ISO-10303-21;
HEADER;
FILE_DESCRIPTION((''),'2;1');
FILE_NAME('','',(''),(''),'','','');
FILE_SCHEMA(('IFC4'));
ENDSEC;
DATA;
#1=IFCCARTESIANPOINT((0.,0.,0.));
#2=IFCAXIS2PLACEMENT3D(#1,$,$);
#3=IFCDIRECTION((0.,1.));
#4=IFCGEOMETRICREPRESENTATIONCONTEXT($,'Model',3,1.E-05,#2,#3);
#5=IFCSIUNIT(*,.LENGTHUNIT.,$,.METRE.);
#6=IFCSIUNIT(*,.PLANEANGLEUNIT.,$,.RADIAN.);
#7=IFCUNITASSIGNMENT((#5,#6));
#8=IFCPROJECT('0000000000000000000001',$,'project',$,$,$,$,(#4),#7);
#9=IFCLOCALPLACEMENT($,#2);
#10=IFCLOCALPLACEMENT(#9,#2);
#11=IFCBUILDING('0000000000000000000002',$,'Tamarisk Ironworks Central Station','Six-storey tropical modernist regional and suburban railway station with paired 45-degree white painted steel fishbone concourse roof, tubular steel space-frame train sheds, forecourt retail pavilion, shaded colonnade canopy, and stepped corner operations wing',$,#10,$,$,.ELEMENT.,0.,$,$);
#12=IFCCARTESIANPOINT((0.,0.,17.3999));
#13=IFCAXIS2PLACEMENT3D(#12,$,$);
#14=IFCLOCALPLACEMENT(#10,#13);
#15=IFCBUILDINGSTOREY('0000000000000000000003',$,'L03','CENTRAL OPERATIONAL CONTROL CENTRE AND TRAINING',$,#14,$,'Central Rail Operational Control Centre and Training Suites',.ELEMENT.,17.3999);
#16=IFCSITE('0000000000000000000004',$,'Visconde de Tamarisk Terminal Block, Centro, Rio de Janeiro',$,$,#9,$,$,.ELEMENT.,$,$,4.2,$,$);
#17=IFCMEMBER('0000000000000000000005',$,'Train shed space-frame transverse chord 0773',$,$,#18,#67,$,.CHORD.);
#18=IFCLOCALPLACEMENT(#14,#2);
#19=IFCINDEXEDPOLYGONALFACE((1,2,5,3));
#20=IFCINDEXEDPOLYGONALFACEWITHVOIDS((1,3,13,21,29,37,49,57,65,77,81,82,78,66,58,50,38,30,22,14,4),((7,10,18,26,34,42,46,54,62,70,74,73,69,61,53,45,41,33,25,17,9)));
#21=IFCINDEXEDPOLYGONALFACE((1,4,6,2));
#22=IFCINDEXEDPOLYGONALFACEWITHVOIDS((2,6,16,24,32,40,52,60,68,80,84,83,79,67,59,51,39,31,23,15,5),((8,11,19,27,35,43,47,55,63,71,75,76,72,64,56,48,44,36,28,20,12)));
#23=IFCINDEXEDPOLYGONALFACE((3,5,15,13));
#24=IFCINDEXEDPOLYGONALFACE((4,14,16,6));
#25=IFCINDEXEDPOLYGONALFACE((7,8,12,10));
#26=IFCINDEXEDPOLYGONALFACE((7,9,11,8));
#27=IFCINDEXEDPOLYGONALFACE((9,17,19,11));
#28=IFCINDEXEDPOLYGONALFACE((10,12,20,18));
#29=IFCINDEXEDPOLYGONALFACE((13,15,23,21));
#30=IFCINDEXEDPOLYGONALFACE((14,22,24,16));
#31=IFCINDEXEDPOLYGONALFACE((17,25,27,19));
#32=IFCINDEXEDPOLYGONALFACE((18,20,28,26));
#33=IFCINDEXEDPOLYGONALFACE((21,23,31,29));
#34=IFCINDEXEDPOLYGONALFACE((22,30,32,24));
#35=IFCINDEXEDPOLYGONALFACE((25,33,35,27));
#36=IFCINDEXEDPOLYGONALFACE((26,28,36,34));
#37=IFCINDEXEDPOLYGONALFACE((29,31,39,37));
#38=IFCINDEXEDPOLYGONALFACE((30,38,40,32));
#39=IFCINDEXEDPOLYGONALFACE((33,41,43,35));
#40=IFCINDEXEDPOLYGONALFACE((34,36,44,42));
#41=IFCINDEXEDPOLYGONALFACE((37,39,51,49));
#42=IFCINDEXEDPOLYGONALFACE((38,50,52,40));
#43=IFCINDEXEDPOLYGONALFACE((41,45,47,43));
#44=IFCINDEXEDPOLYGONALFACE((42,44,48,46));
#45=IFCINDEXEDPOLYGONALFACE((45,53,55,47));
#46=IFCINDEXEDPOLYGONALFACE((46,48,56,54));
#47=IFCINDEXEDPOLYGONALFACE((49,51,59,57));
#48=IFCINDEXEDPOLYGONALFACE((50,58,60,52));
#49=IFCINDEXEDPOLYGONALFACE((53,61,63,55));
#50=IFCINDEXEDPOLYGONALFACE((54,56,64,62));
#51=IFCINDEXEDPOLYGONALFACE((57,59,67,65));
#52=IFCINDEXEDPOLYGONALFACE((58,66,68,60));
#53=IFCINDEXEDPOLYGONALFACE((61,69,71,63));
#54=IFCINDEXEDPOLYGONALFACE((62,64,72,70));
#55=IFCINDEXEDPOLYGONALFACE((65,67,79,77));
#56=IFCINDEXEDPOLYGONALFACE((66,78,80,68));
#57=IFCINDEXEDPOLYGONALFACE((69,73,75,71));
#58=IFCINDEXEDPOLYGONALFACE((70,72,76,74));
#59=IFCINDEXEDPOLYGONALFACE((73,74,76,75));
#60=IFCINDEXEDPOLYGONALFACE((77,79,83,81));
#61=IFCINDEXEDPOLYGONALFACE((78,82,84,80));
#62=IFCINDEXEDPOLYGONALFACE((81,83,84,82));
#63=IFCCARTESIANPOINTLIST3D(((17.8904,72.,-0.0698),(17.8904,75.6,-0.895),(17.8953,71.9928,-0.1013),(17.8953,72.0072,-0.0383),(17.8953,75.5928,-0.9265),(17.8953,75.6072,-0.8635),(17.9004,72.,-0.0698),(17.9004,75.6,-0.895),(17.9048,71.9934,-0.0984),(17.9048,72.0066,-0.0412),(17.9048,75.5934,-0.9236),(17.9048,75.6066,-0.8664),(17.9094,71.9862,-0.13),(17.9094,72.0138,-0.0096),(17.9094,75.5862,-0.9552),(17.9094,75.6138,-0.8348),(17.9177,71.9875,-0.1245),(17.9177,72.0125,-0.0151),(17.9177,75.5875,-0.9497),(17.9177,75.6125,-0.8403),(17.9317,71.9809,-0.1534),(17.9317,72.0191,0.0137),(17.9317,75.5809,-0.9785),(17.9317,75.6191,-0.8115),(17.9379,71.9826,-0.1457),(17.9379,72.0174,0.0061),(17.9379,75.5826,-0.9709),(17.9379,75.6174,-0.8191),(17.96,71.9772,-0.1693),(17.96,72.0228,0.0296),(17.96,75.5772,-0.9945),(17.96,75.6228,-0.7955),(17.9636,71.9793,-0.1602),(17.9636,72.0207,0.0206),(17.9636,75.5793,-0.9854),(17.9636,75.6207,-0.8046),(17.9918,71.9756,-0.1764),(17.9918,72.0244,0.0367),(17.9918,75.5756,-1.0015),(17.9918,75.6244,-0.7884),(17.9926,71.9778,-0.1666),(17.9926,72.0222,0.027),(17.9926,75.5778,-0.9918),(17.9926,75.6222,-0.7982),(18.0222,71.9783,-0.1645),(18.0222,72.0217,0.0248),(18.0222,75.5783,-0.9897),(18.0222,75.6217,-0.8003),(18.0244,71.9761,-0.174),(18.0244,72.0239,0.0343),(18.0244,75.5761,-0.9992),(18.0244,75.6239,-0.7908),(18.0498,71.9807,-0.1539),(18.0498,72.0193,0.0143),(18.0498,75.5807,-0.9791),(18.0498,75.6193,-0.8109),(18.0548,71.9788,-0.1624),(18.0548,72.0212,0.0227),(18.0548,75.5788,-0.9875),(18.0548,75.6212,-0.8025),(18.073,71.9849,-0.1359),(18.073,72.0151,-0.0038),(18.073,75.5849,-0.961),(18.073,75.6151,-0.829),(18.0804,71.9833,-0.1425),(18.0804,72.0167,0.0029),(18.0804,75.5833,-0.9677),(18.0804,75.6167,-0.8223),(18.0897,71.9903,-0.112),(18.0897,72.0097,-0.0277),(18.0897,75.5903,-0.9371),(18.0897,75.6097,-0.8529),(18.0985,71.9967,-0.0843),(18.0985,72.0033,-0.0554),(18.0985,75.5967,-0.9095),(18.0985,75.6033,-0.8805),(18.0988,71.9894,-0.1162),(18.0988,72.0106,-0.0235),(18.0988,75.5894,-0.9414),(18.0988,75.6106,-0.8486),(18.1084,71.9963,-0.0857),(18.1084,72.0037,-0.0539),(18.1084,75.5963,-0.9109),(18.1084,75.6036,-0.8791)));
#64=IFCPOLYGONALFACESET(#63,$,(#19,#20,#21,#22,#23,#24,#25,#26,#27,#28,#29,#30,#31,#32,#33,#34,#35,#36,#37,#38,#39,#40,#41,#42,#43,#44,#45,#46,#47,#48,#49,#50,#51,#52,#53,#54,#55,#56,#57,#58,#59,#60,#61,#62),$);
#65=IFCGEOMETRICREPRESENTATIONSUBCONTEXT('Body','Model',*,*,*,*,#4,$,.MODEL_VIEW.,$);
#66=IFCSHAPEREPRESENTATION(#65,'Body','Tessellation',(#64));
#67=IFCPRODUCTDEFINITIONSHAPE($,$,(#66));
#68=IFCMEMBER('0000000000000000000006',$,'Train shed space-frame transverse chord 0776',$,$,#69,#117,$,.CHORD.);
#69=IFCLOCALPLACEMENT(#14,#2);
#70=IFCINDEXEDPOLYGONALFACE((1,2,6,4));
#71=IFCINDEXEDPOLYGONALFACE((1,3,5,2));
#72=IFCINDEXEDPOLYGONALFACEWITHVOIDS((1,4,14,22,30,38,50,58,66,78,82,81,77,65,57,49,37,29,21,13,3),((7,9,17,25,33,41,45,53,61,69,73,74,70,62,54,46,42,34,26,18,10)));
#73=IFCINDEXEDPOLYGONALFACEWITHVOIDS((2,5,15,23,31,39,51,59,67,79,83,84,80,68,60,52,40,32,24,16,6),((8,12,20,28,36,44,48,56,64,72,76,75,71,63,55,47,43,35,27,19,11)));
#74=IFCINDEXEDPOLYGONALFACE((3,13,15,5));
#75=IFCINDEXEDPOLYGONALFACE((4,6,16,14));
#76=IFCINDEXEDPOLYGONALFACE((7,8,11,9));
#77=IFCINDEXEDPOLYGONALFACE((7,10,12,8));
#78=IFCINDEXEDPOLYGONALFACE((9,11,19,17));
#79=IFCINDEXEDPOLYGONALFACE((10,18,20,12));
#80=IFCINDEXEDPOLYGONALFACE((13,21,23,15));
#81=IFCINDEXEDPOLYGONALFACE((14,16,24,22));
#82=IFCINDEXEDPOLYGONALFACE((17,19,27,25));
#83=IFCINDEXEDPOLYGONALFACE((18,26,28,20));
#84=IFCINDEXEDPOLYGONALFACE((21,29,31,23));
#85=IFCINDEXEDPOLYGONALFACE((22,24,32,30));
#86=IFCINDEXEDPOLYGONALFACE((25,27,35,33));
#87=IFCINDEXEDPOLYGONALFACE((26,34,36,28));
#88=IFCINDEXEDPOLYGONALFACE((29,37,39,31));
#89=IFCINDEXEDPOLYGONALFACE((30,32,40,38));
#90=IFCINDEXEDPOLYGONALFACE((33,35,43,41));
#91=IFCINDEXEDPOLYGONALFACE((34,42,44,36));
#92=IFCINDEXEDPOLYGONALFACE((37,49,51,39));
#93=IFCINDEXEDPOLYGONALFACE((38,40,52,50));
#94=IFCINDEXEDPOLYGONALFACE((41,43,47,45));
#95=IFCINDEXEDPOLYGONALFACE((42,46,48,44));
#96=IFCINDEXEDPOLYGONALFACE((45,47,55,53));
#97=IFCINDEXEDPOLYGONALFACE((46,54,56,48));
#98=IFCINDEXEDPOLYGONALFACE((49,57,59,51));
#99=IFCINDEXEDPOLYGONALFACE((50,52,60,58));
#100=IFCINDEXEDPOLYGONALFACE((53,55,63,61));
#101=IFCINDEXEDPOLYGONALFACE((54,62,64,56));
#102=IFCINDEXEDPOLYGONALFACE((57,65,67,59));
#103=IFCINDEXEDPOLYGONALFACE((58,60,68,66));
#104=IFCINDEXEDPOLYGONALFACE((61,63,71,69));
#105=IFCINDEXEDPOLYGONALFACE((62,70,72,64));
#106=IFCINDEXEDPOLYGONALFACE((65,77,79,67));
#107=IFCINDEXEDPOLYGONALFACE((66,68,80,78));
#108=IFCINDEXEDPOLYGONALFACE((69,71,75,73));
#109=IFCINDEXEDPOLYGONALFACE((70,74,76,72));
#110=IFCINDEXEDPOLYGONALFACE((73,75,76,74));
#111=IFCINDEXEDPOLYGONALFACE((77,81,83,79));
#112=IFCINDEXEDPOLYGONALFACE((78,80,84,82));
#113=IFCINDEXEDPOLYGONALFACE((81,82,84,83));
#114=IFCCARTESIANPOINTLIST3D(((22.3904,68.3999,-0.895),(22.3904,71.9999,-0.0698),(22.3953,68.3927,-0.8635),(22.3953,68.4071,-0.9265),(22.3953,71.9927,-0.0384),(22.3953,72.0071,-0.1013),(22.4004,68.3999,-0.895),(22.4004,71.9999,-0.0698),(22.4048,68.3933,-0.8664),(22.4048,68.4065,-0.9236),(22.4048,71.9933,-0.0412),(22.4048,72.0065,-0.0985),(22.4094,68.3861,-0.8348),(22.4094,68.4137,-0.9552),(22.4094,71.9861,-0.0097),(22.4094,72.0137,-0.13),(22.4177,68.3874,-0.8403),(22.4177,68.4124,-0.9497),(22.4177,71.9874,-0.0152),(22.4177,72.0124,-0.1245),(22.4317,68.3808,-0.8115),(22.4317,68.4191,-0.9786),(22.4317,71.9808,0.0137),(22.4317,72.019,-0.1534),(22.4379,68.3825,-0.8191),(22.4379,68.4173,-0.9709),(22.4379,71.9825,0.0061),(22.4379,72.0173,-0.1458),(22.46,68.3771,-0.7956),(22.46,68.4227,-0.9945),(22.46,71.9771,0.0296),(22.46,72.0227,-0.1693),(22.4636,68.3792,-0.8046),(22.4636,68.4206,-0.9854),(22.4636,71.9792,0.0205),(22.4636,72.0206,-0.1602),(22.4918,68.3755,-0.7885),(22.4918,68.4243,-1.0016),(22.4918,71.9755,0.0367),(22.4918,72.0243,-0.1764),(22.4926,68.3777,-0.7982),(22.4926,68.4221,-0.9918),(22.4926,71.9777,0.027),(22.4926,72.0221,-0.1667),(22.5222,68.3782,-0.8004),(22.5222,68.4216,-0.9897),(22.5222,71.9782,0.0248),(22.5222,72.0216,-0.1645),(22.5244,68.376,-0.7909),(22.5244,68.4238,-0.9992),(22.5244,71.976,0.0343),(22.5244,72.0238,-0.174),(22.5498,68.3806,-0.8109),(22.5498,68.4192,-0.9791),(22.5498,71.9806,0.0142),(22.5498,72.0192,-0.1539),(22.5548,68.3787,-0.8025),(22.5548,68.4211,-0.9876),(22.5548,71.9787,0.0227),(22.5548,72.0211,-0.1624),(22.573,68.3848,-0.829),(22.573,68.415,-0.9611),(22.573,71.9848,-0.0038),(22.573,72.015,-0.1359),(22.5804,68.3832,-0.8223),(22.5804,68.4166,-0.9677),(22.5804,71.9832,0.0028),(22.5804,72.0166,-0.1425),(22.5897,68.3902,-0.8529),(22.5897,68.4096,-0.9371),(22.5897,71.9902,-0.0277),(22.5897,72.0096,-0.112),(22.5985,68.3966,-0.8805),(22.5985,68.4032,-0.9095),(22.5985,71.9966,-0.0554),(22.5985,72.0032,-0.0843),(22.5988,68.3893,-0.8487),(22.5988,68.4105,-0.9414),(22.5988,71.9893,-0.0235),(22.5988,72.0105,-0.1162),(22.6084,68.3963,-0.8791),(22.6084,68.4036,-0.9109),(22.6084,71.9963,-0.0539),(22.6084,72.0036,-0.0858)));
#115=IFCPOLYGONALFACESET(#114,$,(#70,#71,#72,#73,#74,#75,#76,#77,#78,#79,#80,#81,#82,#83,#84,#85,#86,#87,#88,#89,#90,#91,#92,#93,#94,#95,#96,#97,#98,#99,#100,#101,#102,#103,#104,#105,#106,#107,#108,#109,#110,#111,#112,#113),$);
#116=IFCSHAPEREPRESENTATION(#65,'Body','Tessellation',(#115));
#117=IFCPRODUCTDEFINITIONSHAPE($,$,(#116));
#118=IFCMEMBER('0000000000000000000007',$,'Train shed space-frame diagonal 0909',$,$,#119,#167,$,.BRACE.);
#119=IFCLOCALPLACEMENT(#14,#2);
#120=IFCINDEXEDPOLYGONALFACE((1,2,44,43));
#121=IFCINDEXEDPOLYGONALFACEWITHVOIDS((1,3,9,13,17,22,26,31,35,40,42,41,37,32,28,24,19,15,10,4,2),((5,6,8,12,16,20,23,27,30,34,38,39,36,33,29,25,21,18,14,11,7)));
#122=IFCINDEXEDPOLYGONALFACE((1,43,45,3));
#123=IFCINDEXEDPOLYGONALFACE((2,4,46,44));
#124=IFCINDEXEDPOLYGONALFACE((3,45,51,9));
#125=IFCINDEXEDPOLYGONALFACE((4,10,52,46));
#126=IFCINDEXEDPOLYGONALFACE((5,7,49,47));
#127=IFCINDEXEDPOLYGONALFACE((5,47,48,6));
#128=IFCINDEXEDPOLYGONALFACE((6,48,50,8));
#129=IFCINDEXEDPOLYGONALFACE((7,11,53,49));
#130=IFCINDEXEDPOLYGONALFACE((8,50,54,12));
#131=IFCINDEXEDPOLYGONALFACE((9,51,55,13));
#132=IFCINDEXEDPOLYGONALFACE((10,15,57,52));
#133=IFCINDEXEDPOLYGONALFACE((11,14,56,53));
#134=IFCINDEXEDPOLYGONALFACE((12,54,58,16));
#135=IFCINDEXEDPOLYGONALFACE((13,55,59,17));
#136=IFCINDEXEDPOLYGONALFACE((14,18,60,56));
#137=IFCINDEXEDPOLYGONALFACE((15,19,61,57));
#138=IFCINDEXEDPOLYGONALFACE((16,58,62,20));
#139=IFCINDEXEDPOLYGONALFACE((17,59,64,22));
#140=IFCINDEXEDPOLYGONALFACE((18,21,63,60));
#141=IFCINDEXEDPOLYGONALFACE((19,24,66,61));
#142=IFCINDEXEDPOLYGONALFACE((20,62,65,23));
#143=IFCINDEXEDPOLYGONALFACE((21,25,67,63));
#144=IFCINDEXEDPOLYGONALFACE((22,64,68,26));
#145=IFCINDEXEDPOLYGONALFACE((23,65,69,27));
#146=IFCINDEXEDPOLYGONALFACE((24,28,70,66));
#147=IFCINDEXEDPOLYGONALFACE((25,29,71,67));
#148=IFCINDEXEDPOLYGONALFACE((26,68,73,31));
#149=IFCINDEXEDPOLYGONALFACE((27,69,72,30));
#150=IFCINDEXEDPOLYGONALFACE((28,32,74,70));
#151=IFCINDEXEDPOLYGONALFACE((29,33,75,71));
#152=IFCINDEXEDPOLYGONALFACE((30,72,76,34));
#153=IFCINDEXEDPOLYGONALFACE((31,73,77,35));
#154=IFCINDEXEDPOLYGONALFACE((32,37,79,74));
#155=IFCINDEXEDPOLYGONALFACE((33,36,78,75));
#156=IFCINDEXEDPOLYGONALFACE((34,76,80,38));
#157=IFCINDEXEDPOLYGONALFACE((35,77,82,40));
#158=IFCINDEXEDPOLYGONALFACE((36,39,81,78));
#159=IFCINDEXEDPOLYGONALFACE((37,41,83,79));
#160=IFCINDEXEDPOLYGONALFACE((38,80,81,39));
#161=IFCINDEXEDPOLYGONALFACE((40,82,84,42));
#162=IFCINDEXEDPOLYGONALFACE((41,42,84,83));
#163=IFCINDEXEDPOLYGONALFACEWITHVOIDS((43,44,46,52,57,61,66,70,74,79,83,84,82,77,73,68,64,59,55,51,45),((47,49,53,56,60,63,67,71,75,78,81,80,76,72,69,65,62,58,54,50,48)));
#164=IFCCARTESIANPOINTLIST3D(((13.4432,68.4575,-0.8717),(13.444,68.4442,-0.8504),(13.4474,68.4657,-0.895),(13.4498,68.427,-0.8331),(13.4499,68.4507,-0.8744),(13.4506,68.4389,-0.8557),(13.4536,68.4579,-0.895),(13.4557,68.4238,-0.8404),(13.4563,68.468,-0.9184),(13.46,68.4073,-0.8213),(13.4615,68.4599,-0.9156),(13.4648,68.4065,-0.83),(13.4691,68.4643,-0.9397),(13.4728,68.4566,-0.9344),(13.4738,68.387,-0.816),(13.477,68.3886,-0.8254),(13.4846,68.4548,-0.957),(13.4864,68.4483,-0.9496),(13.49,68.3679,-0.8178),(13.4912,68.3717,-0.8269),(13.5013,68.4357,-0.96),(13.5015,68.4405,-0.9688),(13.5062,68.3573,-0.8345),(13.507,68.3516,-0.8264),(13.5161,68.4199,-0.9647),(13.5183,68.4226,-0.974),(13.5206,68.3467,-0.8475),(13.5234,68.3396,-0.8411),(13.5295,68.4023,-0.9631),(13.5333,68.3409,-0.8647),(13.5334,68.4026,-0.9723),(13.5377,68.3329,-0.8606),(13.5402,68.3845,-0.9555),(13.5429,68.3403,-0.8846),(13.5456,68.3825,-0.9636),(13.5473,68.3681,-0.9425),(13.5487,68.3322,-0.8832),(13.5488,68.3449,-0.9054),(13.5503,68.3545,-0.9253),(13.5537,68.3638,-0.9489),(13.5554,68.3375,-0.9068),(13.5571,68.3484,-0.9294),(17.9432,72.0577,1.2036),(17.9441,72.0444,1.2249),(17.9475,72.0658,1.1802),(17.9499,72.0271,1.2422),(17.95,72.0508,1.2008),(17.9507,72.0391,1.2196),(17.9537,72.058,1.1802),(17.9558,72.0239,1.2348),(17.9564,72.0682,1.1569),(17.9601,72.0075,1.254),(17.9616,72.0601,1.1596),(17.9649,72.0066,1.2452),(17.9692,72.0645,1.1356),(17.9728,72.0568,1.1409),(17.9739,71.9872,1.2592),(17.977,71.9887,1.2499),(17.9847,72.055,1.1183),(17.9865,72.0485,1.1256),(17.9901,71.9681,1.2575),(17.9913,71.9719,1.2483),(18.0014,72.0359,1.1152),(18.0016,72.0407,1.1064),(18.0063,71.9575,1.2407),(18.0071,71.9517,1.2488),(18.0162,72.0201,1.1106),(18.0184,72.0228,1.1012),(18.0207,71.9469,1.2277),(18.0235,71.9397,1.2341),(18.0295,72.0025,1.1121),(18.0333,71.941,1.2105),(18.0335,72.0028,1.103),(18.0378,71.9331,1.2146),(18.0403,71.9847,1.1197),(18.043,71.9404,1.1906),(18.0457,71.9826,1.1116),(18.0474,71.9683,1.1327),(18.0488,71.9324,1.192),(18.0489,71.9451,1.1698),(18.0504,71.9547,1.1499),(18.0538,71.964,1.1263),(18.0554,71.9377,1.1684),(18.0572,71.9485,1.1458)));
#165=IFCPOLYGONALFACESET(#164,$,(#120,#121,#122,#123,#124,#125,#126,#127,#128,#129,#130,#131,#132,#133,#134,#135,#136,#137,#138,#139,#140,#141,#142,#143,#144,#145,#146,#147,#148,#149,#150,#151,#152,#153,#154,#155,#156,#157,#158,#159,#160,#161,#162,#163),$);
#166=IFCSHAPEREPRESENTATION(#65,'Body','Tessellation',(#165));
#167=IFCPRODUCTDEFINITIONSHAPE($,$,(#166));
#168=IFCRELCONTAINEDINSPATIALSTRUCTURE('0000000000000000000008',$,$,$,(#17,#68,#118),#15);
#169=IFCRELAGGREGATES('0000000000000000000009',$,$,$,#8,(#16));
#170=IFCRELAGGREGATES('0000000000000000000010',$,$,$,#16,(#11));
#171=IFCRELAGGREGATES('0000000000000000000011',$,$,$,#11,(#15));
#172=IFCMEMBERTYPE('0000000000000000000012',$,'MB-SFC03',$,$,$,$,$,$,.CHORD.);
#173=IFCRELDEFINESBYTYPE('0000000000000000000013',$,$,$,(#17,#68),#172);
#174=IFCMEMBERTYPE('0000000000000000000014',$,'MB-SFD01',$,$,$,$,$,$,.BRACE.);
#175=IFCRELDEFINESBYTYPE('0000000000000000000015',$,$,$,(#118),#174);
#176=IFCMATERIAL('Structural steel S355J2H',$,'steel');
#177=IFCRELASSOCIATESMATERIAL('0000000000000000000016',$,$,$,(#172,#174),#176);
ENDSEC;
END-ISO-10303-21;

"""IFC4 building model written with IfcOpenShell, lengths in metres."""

from ifc_helpers import new_model, si_unit, direction, frame, origin, origin_2d, place, context, subcontext, project, spatial, hollow_circle, extrude, material, material_profile, profile_set, type_object, element, save


model = new_model("IFC4")

# Units and contexts
model_context = context("Model", 3, precision=1e-05, world=origin(), true_north=direction((0.0, 1.0)))
body_context = subcontext(model_context, "Body", "Model", "MODEL_VIEW")
ifc_project = project(units=[si_unit("LENGTHUNIT", "METRE"), si_unit("PLANEANGLEUNIT", "RADIAN")], contexts=[model_context])

# Site, building, storey
site_placement = place(None, origin())
site = spatial("IfcSite", under=ifc_project, at=site_placement, Name="Visconde de Tamarisk Terminal Block, Centro, Rio de Janeiro", CompositionType="ELEMENT", RefElevation=4.2)
building_placement = place(site_placement, origin())
building = spatial("IfcBuilding", under=site, at=building_placement, Name="Tamarisk Ironworks Central Station", Description="Six-storey tropical modernist regional and suburban railway station with paired 45-degree white painted steel fishbone concourse roof, tubular steel space-frame train sheds, forecourt retail pavilion, shaded colonnade canopy, and stepped corner operations wing", CompositionType="ELEMENT", ElevationOfRefHeight=0.0)
storey_placement = place(building_placement, frame((0.0, 0.0, 17.3999)))
storey = spatial("IfcBuildingStorey", under=building, at=storey_placement, Name="L03", Description="CENTRAL OPERATIONAL CONTROL CENTRE AND TRAINING", LongName="Central Rail Operational Control Centre and Training Suites", CompositionType="ELEMENT", Elevation=17.3999)

# Members
ifc_material = material(Name="Structural steel S355J2H", Category="steel")
ifc_material_profile_1 = material_profile(ifc_material, hollow_circle(Radius=0.1096, WallThickness=0.01, at=origin_2d()), Name="CHS 219.1x10")
ifc_profile_set_1 = profile_set([ifc_material_profile_1], Name="Structural steel S355J2H")
member_type_1 = type_object("IfcMemberType", Name="MB-SFC03", PredefinedType="CHORD", material=ifc_profile_set_1)
for number, where, z_axis, x_axis, name in (
    (1, (18.0, 72.0, -0.0698), (0.0, 0.974722, -0.223421), (-1.0, 0.0, 0.0), "Train shed space-frame transverse chord 0773"),
    (2, (22.5, 68.3999, -0.895), (0.0, 0.974722, 0.223421), (-1.0, 0.0, 0.0), "Train shed space-frame transverse chord 0776"),
):
    element("IfcMember", number, at=place(storey_placement, frame(where, z_axis=z_axis, x_axis=x_axis)), inside=storey, type_object=member_type_1, Name=name, PredefinedType="CHORD", context=body_context, shape_type="SweptSolid", body=[
        extrude(hollow_circle(Radius=0.1096, WallThickness=0.01, at=origin_2d()), origin(), (0.0, 0.0, 1.0), 3.6934),
    ])
ifc_material_profile_2 = material_profile(ifc_material, hollow_circle(Radius=0.0842, WallThickness=0.01, at=origin_2d()), Name="CHS 168.3x10")
ifc_profile_set_2 = profile_set([ifc_material_profile_2], Name="Structural steel S355J2H")
member_type_2 = type_object("IfcMemberType", Name="MB-SFD01", PredefinedType="BRACE", material=ifc_profile_set_2)
member_1_placement = place(storey_placement, frame((13.5, 68.3999, -0.895), z_axis=(0.734679, 0.587759, 0.338801), x_axis=(-0.624705, 0.780861, 0.0)))
element("IfcMember", 3, at=member_1_placement, inside=storey, type_object=member_type_2, Name="Train shed space-frame diagonal 0909", PredefinedType="BRACE", context=body_context, shape_type="SweptSolid", body=[
    extrude(hollow_circle(Radius=0.0842, WallThickness=0.01, at=origin_2d()), origin(), (0.0, 0.0, 1.0), 6.1252),
])

save(model, "model.ifc")
